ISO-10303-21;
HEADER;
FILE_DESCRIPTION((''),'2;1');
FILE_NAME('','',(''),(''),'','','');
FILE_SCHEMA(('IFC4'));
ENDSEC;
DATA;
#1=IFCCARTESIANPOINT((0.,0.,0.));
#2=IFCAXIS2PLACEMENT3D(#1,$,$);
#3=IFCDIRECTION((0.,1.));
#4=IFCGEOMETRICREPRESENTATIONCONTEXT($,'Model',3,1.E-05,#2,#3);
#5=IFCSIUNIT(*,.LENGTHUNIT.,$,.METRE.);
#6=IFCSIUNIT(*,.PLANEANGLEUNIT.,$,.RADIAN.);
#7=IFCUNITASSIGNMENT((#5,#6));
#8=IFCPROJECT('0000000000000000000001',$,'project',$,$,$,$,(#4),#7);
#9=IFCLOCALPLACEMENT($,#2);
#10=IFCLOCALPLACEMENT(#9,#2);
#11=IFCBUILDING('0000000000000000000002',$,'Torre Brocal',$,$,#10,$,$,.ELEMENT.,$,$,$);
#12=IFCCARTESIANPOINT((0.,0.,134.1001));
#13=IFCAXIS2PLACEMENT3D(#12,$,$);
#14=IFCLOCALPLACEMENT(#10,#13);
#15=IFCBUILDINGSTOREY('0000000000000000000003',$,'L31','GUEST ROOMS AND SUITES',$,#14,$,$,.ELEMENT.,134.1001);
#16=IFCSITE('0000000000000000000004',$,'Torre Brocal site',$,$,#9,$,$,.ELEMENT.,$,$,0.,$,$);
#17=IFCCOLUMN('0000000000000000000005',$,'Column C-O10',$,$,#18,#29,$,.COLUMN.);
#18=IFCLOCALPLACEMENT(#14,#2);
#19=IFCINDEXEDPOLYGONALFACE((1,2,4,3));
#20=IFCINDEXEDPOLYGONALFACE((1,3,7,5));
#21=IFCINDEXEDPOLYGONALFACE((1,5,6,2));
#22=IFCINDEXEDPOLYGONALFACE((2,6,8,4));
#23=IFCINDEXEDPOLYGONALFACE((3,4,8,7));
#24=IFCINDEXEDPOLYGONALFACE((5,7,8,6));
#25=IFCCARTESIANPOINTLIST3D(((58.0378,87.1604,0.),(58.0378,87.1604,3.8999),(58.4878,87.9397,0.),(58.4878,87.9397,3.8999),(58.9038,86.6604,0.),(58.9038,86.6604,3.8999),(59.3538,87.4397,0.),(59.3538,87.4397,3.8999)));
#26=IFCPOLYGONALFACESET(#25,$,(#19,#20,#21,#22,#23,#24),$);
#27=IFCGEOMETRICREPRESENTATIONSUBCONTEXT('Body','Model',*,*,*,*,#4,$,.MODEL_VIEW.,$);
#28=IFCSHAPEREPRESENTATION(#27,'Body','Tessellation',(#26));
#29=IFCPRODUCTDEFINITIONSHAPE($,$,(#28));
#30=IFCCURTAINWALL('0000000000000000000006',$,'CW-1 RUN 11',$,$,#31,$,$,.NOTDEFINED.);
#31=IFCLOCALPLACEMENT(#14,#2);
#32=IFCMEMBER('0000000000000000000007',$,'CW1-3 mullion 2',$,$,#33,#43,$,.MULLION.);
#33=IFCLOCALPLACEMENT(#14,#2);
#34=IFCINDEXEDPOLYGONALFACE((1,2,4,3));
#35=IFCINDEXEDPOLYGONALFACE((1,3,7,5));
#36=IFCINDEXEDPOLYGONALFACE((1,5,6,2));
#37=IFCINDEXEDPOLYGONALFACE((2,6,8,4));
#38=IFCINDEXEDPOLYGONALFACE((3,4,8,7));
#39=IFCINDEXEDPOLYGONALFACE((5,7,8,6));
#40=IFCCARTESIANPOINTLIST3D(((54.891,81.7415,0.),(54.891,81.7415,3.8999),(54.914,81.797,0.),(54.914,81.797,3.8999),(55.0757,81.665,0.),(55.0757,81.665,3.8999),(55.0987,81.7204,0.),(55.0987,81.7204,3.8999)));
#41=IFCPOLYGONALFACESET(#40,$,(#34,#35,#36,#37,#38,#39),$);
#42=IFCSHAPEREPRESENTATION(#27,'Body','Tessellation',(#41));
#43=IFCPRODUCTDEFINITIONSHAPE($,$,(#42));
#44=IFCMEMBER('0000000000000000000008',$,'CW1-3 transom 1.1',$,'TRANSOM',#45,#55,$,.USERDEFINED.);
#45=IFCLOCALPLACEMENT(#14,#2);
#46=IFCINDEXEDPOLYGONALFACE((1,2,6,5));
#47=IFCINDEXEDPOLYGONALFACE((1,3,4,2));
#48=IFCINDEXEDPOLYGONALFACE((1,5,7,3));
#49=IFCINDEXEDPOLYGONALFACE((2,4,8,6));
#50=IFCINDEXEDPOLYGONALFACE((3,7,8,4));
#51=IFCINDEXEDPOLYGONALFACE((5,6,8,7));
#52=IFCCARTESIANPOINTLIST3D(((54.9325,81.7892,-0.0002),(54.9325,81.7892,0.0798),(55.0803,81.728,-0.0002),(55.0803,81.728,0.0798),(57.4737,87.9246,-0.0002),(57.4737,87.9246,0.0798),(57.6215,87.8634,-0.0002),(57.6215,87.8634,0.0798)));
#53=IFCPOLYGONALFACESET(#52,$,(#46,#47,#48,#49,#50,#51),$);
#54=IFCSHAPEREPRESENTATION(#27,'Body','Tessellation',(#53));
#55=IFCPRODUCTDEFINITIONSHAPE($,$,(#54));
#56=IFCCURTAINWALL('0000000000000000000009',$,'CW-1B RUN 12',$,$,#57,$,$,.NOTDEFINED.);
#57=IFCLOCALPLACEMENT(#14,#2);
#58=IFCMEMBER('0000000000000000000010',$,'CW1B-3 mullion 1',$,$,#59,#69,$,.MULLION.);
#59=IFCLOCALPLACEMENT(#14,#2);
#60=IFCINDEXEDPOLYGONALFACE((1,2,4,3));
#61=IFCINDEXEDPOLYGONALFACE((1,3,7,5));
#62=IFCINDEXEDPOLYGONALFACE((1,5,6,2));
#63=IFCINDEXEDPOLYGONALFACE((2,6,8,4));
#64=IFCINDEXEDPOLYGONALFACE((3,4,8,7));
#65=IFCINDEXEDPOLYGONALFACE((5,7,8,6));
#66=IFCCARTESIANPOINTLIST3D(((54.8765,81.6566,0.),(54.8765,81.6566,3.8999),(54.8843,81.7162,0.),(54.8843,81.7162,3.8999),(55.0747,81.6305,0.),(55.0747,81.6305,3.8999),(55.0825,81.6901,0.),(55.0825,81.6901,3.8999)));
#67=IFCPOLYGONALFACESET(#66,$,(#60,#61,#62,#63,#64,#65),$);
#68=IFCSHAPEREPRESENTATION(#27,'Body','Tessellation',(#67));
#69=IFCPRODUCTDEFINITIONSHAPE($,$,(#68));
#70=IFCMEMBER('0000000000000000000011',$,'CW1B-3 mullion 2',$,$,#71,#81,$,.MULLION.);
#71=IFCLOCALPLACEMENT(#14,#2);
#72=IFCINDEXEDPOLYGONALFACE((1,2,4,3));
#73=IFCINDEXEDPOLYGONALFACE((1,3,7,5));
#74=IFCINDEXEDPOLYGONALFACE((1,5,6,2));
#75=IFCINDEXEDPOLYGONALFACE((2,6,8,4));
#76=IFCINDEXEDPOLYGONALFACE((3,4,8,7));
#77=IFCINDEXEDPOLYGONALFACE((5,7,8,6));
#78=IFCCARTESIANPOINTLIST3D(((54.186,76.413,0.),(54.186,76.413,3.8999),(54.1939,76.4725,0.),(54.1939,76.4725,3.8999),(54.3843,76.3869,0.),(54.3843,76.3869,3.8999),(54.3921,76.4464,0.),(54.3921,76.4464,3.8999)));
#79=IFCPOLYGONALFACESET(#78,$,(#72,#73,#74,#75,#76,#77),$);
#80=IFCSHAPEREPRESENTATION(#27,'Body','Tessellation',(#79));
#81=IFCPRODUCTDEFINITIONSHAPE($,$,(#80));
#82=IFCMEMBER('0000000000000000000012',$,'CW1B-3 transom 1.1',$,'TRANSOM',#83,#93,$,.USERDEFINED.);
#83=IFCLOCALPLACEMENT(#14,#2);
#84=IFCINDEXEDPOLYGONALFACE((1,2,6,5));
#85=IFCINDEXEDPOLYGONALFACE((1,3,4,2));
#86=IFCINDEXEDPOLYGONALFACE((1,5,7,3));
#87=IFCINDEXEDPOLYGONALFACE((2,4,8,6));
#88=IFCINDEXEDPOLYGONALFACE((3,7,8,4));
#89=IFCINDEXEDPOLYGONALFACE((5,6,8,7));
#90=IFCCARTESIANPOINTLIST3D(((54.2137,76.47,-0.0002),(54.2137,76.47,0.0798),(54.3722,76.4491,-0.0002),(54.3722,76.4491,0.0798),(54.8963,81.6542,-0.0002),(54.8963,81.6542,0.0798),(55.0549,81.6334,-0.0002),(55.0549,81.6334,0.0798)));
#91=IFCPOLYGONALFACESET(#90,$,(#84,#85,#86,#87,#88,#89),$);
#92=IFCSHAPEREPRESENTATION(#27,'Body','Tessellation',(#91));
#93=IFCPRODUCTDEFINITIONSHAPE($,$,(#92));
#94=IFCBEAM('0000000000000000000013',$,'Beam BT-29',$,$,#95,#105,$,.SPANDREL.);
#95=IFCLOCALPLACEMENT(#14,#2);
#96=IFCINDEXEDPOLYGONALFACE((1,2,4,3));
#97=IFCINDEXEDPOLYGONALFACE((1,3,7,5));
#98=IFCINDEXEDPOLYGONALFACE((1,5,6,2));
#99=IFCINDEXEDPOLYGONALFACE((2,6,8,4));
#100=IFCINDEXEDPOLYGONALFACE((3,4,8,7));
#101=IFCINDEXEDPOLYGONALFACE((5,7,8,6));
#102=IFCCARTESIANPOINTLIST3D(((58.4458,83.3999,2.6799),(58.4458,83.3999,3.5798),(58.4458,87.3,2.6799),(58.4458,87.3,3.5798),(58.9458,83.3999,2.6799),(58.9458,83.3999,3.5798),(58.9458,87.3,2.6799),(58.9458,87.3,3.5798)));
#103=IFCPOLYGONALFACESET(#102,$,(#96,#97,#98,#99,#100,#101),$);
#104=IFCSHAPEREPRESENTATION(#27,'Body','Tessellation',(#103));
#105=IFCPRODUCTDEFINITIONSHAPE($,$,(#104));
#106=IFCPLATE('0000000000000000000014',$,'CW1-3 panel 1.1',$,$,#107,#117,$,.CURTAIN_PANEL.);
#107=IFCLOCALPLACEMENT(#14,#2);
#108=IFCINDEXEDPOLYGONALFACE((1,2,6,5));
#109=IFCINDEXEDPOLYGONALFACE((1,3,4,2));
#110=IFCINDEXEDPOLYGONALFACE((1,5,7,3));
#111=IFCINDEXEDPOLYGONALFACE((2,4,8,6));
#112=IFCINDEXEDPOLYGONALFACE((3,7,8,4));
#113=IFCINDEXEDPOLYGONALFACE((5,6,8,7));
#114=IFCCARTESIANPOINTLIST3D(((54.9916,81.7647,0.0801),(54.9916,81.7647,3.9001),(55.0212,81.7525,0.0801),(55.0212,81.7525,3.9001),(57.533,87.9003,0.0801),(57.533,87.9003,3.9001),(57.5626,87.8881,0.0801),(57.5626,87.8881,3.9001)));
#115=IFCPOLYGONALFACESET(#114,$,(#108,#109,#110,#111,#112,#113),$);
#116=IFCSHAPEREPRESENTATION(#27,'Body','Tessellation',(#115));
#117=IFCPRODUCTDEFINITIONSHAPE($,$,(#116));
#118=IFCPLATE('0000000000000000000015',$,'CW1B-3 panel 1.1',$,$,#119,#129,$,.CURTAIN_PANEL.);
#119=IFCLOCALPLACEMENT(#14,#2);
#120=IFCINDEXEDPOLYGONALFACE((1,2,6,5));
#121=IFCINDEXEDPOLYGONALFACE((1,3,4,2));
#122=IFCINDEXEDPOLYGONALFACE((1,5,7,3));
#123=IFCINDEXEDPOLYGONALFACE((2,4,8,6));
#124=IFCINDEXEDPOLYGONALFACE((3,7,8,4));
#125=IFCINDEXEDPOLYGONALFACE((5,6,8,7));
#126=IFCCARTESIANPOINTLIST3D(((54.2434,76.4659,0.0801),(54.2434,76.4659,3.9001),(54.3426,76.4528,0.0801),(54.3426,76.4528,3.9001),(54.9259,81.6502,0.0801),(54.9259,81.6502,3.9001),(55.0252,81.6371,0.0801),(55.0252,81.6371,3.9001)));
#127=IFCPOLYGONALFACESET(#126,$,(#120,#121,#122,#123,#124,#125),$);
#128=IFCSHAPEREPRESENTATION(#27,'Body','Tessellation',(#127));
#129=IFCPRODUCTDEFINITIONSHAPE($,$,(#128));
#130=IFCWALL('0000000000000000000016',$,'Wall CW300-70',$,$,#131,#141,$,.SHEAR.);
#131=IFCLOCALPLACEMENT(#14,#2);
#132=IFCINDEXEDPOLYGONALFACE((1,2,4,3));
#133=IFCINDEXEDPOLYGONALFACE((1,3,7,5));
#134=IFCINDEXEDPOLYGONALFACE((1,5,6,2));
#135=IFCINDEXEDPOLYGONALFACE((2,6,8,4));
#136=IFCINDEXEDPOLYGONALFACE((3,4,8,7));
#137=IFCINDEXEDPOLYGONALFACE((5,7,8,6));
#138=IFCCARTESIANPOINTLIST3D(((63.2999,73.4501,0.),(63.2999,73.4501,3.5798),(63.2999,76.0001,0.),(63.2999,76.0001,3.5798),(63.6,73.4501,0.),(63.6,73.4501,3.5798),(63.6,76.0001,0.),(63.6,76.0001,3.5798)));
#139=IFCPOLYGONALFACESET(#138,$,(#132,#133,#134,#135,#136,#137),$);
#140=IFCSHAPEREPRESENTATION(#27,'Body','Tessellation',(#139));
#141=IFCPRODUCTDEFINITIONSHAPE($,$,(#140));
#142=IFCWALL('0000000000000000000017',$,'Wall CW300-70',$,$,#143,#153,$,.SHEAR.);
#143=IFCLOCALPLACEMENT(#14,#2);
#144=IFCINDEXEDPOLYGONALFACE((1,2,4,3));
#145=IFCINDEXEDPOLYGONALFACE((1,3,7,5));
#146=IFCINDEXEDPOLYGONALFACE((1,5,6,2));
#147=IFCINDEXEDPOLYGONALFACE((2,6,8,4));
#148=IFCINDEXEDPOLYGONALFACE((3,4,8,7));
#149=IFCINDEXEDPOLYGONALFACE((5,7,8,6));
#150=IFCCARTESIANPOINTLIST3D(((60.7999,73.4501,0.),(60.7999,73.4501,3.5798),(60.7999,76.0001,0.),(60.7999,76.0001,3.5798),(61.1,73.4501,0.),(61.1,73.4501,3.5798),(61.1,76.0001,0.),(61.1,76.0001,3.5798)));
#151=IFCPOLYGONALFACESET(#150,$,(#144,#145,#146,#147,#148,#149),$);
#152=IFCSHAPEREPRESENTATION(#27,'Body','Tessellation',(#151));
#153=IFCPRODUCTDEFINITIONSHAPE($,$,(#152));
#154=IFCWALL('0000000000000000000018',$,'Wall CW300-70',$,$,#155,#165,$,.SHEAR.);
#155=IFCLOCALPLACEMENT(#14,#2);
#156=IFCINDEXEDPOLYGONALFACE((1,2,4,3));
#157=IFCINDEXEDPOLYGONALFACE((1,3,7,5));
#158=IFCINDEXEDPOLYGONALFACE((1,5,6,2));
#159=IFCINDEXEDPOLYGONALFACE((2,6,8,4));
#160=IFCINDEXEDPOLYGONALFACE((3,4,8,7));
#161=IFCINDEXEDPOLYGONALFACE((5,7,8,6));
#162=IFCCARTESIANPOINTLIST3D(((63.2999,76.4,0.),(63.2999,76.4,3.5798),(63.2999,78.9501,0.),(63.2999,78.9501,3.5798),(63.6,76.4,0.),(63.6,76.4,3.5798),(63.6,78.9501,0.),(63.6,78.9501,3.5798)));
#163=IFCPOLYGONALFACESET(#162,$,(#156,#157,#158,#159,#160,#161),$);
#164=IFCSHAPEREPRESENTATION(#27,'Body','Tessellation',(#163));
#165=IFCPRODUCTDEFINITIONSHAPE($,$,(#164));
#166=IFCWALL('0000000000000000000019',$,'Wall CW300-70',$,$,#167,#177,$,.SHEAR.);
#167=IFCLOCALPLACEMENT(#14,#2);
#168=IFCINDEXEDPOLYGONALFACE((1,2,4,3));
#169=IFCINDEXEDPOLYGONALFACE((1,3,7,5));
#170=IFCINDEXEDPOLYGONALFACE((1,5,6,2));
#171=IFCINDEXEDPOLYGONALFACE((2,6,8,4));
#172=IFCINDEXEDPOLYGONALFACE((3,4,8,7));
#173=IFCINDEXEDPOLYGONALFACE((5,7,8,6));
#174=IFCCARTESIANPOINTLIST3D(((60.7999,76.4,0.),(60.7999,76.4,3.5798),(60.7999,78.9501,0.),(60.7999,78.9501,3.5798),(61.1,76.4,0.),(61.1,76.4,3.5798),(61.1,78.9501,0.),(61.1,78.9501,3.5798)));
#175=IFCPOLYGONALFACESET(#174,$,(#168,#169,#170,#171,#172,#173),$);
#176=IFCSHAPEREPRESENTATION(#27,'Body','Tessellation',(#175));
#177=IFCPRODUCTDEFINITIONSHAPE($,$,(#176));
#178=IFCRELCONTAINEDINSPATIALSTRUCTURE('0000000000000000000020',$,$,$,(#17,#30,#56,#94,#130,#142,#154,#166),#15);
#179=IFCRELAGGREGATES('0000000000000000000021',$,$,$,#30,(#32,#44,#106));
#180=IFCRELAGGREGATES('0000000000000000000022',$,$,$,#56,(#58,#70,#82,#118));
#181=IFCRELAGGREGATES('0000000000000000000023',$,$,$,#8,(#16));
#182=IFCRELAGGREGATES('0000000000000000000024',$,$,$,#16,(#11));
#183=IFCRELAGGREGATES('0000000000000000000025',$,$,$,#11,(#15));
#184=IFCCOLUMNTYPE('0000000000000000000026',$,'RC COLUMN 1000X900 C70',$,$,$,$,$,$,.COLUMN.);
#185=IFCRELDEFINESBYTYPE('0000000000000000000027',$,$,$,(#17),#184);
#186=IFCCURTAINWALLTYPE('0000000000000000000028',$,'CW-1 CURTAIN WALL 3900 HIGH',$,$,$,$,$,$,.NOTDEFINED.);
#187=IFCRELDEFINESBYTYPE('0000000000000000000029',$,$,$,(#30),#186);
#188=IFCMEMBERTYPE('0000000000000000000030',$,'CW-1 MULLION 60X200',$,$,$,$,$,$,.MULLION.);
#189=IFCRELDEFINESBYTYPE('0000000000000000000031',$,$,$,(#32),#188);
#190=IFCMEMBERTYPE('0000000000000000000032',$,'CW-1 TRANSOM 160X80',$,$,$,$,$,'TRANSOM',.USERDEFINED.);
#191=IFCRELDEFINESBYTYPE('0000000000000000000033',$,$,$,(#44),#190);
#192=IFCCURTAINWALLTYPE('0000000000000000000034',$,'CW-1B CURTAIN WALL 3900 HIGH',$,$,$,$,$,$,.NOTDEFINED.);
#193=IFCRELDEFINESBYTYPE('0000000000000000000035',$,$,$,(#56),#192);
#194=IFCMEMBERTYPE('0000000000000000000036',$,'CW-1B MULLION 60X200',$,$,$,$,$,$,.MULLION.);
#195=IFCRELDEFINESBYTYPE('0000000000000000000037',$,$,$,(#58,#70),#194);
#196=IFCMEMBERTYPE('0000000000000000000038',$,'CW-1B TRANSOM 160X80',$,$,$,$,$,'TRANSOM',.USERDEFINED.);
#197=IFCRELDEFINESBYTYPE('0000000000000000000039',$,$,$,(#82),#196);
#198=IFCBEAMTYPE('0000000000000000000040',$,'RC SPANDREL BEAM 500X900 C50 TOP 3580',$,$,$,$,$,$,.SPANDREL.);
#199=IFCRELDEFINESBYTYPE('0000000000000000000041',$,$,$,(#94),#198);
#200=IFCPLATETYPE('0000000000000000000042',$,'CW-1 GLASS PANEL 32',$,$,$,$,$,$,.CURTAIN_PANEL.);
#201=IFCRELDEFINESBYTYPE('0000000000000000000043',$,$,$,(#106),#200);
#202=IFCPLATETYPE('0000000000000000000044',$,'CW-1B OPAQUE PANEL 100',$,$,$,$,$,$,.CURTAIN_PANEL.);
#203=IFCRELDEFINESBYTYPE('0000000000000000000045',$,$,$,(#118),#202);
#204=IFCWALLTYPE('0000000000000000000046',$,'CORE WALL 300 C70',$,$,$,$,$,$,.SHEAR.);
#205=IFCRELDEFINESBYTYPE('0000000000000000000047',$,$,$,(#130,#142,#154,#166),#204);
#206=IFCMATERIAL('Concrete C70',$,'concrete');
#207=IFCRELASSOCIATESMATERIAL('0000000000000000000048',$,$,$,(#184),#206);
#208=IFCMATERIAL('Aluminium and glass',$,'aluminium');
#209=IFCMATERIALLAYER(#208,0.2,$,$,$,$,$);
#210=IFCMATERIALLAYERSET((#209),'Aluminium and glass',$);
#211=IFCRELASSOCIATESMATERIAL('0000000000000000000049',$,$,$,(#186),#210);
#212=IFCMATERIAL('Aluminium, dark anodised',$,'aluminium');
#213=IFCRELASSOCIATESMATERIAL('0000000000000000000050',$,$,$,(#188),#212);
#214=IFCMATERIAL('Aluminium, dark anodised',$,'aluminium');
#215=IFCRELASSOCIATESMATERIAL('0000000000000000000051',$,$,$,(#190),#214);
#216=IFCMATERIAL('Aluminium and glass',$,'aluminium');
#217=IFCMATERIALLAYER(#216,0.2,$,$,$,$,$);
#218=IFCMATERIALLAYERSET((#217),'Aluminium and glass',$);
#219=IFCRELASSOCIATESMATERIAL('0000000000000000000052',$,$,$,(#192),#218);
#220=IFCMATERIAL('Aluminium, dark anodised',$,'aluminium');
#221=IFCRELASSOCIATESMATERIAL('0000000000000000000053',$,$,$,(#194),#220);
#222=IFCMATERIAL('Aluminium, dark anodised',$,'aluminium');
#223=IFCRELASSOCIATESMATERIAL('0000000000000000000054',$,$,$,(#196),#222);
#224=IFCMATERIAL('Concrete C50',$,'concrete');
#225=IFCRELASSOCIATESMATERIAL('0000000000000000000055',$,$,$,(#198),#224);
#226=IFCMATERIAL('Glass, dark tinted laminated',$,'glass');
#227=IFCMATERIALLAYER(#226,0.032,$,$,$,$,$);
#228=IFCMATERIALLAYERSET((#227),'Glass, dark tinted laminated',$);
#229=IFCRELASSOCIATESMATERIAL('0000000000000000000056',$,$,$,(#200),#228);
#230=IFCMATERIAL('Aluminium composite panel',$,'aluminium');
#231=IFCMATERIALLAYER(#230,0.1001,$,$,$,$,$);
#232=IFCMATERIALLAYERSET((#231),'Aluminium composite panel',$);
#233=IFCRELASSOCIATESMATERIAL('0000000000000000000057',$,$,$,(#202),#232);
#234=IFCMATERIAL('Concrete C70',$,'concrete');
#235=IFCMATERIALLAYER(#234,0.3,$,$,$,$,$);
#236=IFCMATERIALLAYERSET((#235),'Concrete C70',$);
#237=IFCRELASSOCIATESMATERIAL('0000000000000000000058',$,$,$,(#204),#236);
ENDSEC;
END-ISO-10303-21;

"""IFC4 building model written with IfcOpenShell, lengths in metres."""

from ifc_helpers import new_model, si_unit, direction, frame, frame_2d, origin, origin_2d, place, context, subcontext, project, spatial, rectangle, extrude, material, layer, layer_set, material_profile, profile_set, type_object, element, aggregate, save


model = new_model("IFC4")

# Units and contexts
model_context = context("Model", 3, precision=1e-05, world=origin(), true_north=direction((0.0, 1.0)))
body_context = subcontext(model_context, "Body", "Model", "MODEL_VIEW")
ifc_project = project(units=[si_unit("LENGTHUNIT", "METRE"), si_unit("PLANEANGLEUNIT", "RADIAN")], contexts=[model_context])

# Site, building, storey
site_placement = place(None, origin())
site = spatial("IfcSite", under=ifc_project, at=site_placement, Name="Torre Brocal site", CompositionType="ELEMENT", RefElevation=0.0)
building_placement = place(site_placement, origin())
building = spatial("IfcBuilding", under=site, at=building_placement, Name="Torre Brocal", CompositionType="ELEMENT")
storey_placement = place(building_placement, frame((0.0, 0.0, 134.1001)))
storey = spatial("IfcBuildingStorey", under=building, at=storey_placement, Name="L31", Description="GUEST ROOMS AND SUITES", CompositionType="ELEMENT", Elevation=134.1001)

# Column
ifc_material_1 = material(Name="Concrete C70", Category="concrete")
ifc_material_profile_1 = material_profile(ifc_material_1, rectangle(XDim=1.0, YDim=0.8999, at=origin_2d()), Name="RC 1000X900")
ifc_profile_set_1 = profile_set([ifc_material_profile_1], Name="Concrete C70")
column_type = type_object("IfcColumnType", Name="RC COLUMN 1000X900 C70", PredefinedType="COLUMN", material=ifc_profile_set_1)
column_placement = place(storey_placement, frame((58.6958, 87.3, 0.0), z_axis=(0.0, 0.0, 1.0), x_axis=(-0.866025, 0.5, 0.0)))
element("IfcColumn", 1, at=column_placement, inside=storey, type_object=column_type, Name="Column C-O10", PredefinedType="COLUMN", context=body_context, shape_type="SweptSolid", body=[
    extrude(rectangle(XDim=1.0, YDim=0.8999, at=origin_2d()), origin(), (0.0, 0.0, 1.0), 3.8999),
])

# Curtain walls, members
ifc_material_2 = material(Name="Aluminium and glass", Category="aluminium")
ifc_layer_1 = layer(ifc_material_2, 0.2)
ifc_layer_set_1 = layer_set([ifc_layer_1], Name="Aluminium and glass")
curtain_wall_type_1 = type_object("IfcCurtainWallType", Name="CW-1 CURTAIN WALL 3900 HIGH", PredefinedType="NOTDEFINED", material=ifc_layer_set_1)
curtain_wall_1_placement = place(storey_placement, origin())
curtain_wall_1 = element("IfcCurtainWall", 2, at=curtain_wall_1_placement, inside=storey, type_object=curtain_wall_type_1, Name="CW-1 RUN 11", PredefinedType="NOTDEFINED")
ifc_material_3 = material(Name="Aluminium, dark anodised", Category="aluminium")
ifc_material_profile_2 = material_profile(ifc_material_3, rectangle(XDim=0.2, YDim=0.0601, at=origin_2d()), Name="CW-1 MULLION 60X200")
ifc_profile_set_2 = profile_set([ifc_material_profile_2], Name="Aluminium, dark anodised")
member_type_1 = type_object("IfcMemberType", Name="CW-1 MULLION 60X200", PredefinedType="MULLION", material=ifc_profile_set_2)
member_1_placement = place(storey_placement, frame((54.9949, 81.731, 0.0), z_axis=(0.0, 0.0, 1.0), x_axis=(0.92388, -0.382683, 0.0)))
member_1 = element("IfcMember", 3, at=member_1_placement, type_object=member_type_1, Name="CW1-3 mullion 2", PredefinedType="MULLION", context=body_context, shape_type="SweptSolid", body=[
    extrude(rectangle(XDim=0.2, YDim=0.0601, at=origin_2d()), origin(), (0.0, 0.0, 1.0), 3.8999),
])
ifc_material_4 = material(Name="Aluminium, dark anodised", Category="aluminium")
ifc_material_profile_3 = material_profile(ifc_material_4, rectangle(XDim=0.1599, YDim=0.0801, at=origin_2d()), Name="CW-1 TRANSOM 160X80")
ifc_profile_set_3 = profile_set([ifc_material_profile_3], Name="Aluminium, dark anodised")
member_type_2 = type_object("IfcMemberType", Name="CW-1 TRANSOM 160X80", ElementType="TRANSOM", PredefinedType="USERDEFINED", material=ifc_profile_set_3)
member_2_placement = place(storey_placement, frame((57.5476, 87.894, 0.0398), z_axis=(-0.382665, -0.923887, 0.0), x_axis=(0.923887, -0.382665, 0.0)))
member_2 = element("IfcMember", 4, at=member_2_placement, type_object=member_type_2, Name="CW1-3 transom 1.1", ObjectType="TRANSOM", PredefinedType="USERDEFINED", context=body_context, shape_type="SweptSolid", body=[
    extrude(rectangle(XDim=0.1599, YDim=0.0801, at=origin_2d()), origin(), (0.0, 0.0, 1.0), 6.6409),
])
ifc_material_5 = material(Name="Aluminium and glass", Category="aluminium")
ifc_layer_2 = layer(ifc_material_5, 0.2)
ifc_layer_set_2 = layer_set([ifc_layer_2], Name="Aluminium and glass")
curtain_wall_type_2 = type_object("IfcCurtainWallType", Name="CW-1B CURTAIN WALL 3900 HIGH", PredefinedType="NOTDEFINED", material=ifc_layer_set_2)
curtain_wall_2_placement = place(storey_placement, origin())
curtain_wall_2 = element("IfcCurtainWall", 5, at=curtain_wall_2_placement, inside=storey, type_object=curtain_wall_type_2, Name="CW-1B RUN 12", PredefinedType="NOTDEFINED")
ifc_material_6 = material(Name="Aluminium, dark anodised", Category="aluminium")
ifc_material_profile_4 = material_profile(ifc_material_6, rectangle(XDim=0.2, YDim=0.0601, at=origin_2d()), Name="CW-1B MULLION 60X200")
ifc_profile_set_4 = profile_set([ifc_material_profile_4], Name="Aluminium, dark anodised")
member_type_3 = type_object("IfcMemberType", Name="CW-1B MULLION 60X200", PredefinedType="MULLION", material=ifc_profile_set_4)
member_3_placement = place(storey_placement, frame((54.9795, 81.6733, 0.0), z_axis=(0.0, 0.0, 1.0), x_axis=(0.991445, -0.130526, 0.0)))
member_3 = element("IfcMember", 6, at=member_3_placement, type_object=member_type_3, Name="CW1B-3 mullion 1", PredefinedType="MULLION", context=body_context, shape_type="SweptSolid", body=[
    extrude(rectangle(XDim=0.2, YDim=0.0601, at=origin_2d()), origin(), (0.0, 0.0, 1.0), 3.8999),
])
member_4_placement = place(storey_placement, frame((54.2891, 76.4297, 0.0), z_axis=(0.0, 0.0, 1.0), x_axis=(0.991445, -0.130526, 0.0)))
member_4 = element("IfcMember", 7, at=member_4_placement, type_object=member_type_3, Name="CW1B-3 mullion 2", PredefinedType="MULLION", context=body_context, shape_type="SweptSolid", body=[
    extrude(rectangle(XDim=0.2, YDim=0.0601, at=origin_2d()), origin(), (0.0, 0.0, 1.0), 3.8999),
])
ifc_material_7 = material(Name="Aluminium, dark anodised", Category="aluminium")
ifc_material_profile_5 = material_profile(ifc_material_7, rectangle(XDim=0.1599, YDim=0.0801, at=origin_2d()), Name="CW-1B TRANSOM 160X80")
ifc_profile_set_5 = profile_set([ifc_material_profile_5], Name="Aluminium, dark anodised")
member_type_4 = type_object("IfcMemberType", Name="CW-1B TRANSOM 160X80", ElementType="TRANSOM", PredefinedType="USERDEFINED", material=ifc_profile_set_5)
member_5_placement = place(storey_placement, frame((54.9756, 81.6438, 0.0398), z_axis=(-0.130543, -0.991443, 0.0), x_axis=(0.991443, -0.130543, 0.0)))
member_5 = element("IfcMember", 8, at=member_5_placement, type_object=member_type_4, Name="CW1B-3 transom 1.1", ObjectType="TRANSOM", PredefinedType="USERDEFINED", context=body_context, shape_type="SweptSolid", body=[
    extrude(rectangle(XDim=0.1599, YDim=0.0801, at=origin_2d()), origin(), (0.0, 0.0, 1.0), 5.229),
])

# Beam
ifc_material_8 = material(Name="Concrete C50", Category="concrete")
ifc_material_profile_6 = material_profile(ifc_material_8, rectangle(XDim=0.5, YDim=0.8999, at=origin_2d()), Name="RC 500X900")
ifc_profile_set_6 = profile_set([ifc_material_profile_6], Name="Concrete C50")
beam_type = type_object("IfcBeamType", Name="RC SPANDREL BEAM 500X900 C50 TOP 3580", PredefinedType="SPANDREL", material=ifc_profile_set_6)
beam_placement = place(storey_placement, frame((58.6958, 87.3, 3.1299), z_axis=(0.0, -1.0, 0.0), x_axis=(1.0, 0.0, 0.0)))
element("IfcBeam", 9, at=beam_placement, inside=storey, type_object=beam_type, Name="Beam BT-29", PredefinedType="SPANDREL", context=body_context, shape_type="SweptSolid", body=[
    extrude(rectangle(XDim=0.5, YDim=0.8999, at=origin_2d()), origin(), (0.0, 0.0, 1.0), 3.9001),
])

# Plates
ifc_material_9 = material(Name="Glass, dark tinted laminated", Category="glass")
ifc_layer_3 = layer(ifc_material_9, 0.032)
ifc_layer_set_3 = layer_set([ifc_layer_3], Name="Glass, dark tinted laminated")
plate_type_1 = type_object("IfcPlateType", Name="CW-1 GLASS PANEL 32", PredefinedType="CURTAIN_PANEL", material=ifc_layer_set_3)
plate_1_placement = place(storey_placement, frame((56.2771, 84.8264, 0.0801), z_axis=(0.0, 0.0, 1.0), x_axis=(-0.382683, -0.92388, 0.0)))
plate_1 = element("IfcPlate", 10, at=plate_1_placement, type_object=plate_type_1, Name="CW1-3 panel 1.1", PredefinedType="CURTAIN_PANEL", context=body_context, shape_type="SweptSolid", body=[
    extrude(rectangle(XDim=6.6411, YDim=0.032, at=origin_2d()), origin(), (0.0, 0.0, 1.0), 3.8201),
])
aggregate(curtain_wall_1, [member_1, member_2, plate_1])
ifc_material_10 = material(Name="Aluminium composite panel", Category="aluminium")
ifc_layer_4 = layer(ifc_material_10, 0.1001)
ifc_layer_set_4 = layer_set([ifc_layer_4], Name="Aluminium composite panel")
plate_type_2 = type_object("IfcPlateType", Name="CW-1B OPAQUE PANEL 100", PredefinedType="CURTAIN_PANEL", material=ifc_layer_set_4)
plate_2_placement = place(storey_placement, frame((54.6343, 79.0515, 0.0801), z_axis=(0.0, 0.0, 1.0), x_axis=(-0.130526, -0.991445, 0.0)))
plate_2 = element("IfcPlate", 11, at=plate_2_placement, type_object=plate_type_2, Name="CW1B-3 panel 1.1", PredefinedType="CURTAIN_PANEL", context=body_context, shape_type="SweptSolid", body=[
    extrude(rectangle(XDim=5.229, YDim=0.1001, at=origin_2d()), origin(), (0.0, 0.0, 1.0), 3.8201),
])
aggregate(curtain_wall_2, [member_3, member_4, member_5, plate_2])

# Walls
ifc_material_11 = material(Name="Concrete C70", Category="concrete")
ifc_layer_5 = layer(ifc_material_11, 0.3)
ifc_layer_set_5 = layer_set([ifc_layer_5], Name="Concrete C70")
wall_type_1 = type_object("IfcWallType", Name="CORE WALL 300 C70", PredefinedType="SHEAR", material=ifc_layer_set_5)
for number, where, z_axis, x_axis, name in (
    (12, (63.45, 76.0, 0.0), (0.0, 0.0, 1.0), (0.0, -1.0, 0.0), "Wall CW300-70"),
    (13, (60.95, 76.0, 0.0), (0.0, 0.0, 1.0), (0.0, -1.0, 0.0), "Wall CW300-70"),
    (14, (63.45, 78.95, 0.0), (0.0, 0.0, 1.0), (0.0, -1.0, 0.0), "Wall CW300-70"),
    (15, (60.95, 78.95, 0.0), (0.0, 0.0, 1.0), (0.0, -1.0, 0.0), "Wall CW300-70"),
):
    element("IfcWall", number, at=place(storey_placement, frame(where, z_axis=z_axis, x_axis=x_axis)), inside=storey, type_object=wall_type_1, Name=name, PredefinedType="SHEAR", context=body_context, shape_type="SweptSolid", body=[
        extrude(rectangle(XDim=2.55, YDim=0.3, at=frame_2d((1.2749, 0.0))), origin(), (0.0, 0.0, 1.0), 3.5798),
    ])

save(model, "model.ifc")
